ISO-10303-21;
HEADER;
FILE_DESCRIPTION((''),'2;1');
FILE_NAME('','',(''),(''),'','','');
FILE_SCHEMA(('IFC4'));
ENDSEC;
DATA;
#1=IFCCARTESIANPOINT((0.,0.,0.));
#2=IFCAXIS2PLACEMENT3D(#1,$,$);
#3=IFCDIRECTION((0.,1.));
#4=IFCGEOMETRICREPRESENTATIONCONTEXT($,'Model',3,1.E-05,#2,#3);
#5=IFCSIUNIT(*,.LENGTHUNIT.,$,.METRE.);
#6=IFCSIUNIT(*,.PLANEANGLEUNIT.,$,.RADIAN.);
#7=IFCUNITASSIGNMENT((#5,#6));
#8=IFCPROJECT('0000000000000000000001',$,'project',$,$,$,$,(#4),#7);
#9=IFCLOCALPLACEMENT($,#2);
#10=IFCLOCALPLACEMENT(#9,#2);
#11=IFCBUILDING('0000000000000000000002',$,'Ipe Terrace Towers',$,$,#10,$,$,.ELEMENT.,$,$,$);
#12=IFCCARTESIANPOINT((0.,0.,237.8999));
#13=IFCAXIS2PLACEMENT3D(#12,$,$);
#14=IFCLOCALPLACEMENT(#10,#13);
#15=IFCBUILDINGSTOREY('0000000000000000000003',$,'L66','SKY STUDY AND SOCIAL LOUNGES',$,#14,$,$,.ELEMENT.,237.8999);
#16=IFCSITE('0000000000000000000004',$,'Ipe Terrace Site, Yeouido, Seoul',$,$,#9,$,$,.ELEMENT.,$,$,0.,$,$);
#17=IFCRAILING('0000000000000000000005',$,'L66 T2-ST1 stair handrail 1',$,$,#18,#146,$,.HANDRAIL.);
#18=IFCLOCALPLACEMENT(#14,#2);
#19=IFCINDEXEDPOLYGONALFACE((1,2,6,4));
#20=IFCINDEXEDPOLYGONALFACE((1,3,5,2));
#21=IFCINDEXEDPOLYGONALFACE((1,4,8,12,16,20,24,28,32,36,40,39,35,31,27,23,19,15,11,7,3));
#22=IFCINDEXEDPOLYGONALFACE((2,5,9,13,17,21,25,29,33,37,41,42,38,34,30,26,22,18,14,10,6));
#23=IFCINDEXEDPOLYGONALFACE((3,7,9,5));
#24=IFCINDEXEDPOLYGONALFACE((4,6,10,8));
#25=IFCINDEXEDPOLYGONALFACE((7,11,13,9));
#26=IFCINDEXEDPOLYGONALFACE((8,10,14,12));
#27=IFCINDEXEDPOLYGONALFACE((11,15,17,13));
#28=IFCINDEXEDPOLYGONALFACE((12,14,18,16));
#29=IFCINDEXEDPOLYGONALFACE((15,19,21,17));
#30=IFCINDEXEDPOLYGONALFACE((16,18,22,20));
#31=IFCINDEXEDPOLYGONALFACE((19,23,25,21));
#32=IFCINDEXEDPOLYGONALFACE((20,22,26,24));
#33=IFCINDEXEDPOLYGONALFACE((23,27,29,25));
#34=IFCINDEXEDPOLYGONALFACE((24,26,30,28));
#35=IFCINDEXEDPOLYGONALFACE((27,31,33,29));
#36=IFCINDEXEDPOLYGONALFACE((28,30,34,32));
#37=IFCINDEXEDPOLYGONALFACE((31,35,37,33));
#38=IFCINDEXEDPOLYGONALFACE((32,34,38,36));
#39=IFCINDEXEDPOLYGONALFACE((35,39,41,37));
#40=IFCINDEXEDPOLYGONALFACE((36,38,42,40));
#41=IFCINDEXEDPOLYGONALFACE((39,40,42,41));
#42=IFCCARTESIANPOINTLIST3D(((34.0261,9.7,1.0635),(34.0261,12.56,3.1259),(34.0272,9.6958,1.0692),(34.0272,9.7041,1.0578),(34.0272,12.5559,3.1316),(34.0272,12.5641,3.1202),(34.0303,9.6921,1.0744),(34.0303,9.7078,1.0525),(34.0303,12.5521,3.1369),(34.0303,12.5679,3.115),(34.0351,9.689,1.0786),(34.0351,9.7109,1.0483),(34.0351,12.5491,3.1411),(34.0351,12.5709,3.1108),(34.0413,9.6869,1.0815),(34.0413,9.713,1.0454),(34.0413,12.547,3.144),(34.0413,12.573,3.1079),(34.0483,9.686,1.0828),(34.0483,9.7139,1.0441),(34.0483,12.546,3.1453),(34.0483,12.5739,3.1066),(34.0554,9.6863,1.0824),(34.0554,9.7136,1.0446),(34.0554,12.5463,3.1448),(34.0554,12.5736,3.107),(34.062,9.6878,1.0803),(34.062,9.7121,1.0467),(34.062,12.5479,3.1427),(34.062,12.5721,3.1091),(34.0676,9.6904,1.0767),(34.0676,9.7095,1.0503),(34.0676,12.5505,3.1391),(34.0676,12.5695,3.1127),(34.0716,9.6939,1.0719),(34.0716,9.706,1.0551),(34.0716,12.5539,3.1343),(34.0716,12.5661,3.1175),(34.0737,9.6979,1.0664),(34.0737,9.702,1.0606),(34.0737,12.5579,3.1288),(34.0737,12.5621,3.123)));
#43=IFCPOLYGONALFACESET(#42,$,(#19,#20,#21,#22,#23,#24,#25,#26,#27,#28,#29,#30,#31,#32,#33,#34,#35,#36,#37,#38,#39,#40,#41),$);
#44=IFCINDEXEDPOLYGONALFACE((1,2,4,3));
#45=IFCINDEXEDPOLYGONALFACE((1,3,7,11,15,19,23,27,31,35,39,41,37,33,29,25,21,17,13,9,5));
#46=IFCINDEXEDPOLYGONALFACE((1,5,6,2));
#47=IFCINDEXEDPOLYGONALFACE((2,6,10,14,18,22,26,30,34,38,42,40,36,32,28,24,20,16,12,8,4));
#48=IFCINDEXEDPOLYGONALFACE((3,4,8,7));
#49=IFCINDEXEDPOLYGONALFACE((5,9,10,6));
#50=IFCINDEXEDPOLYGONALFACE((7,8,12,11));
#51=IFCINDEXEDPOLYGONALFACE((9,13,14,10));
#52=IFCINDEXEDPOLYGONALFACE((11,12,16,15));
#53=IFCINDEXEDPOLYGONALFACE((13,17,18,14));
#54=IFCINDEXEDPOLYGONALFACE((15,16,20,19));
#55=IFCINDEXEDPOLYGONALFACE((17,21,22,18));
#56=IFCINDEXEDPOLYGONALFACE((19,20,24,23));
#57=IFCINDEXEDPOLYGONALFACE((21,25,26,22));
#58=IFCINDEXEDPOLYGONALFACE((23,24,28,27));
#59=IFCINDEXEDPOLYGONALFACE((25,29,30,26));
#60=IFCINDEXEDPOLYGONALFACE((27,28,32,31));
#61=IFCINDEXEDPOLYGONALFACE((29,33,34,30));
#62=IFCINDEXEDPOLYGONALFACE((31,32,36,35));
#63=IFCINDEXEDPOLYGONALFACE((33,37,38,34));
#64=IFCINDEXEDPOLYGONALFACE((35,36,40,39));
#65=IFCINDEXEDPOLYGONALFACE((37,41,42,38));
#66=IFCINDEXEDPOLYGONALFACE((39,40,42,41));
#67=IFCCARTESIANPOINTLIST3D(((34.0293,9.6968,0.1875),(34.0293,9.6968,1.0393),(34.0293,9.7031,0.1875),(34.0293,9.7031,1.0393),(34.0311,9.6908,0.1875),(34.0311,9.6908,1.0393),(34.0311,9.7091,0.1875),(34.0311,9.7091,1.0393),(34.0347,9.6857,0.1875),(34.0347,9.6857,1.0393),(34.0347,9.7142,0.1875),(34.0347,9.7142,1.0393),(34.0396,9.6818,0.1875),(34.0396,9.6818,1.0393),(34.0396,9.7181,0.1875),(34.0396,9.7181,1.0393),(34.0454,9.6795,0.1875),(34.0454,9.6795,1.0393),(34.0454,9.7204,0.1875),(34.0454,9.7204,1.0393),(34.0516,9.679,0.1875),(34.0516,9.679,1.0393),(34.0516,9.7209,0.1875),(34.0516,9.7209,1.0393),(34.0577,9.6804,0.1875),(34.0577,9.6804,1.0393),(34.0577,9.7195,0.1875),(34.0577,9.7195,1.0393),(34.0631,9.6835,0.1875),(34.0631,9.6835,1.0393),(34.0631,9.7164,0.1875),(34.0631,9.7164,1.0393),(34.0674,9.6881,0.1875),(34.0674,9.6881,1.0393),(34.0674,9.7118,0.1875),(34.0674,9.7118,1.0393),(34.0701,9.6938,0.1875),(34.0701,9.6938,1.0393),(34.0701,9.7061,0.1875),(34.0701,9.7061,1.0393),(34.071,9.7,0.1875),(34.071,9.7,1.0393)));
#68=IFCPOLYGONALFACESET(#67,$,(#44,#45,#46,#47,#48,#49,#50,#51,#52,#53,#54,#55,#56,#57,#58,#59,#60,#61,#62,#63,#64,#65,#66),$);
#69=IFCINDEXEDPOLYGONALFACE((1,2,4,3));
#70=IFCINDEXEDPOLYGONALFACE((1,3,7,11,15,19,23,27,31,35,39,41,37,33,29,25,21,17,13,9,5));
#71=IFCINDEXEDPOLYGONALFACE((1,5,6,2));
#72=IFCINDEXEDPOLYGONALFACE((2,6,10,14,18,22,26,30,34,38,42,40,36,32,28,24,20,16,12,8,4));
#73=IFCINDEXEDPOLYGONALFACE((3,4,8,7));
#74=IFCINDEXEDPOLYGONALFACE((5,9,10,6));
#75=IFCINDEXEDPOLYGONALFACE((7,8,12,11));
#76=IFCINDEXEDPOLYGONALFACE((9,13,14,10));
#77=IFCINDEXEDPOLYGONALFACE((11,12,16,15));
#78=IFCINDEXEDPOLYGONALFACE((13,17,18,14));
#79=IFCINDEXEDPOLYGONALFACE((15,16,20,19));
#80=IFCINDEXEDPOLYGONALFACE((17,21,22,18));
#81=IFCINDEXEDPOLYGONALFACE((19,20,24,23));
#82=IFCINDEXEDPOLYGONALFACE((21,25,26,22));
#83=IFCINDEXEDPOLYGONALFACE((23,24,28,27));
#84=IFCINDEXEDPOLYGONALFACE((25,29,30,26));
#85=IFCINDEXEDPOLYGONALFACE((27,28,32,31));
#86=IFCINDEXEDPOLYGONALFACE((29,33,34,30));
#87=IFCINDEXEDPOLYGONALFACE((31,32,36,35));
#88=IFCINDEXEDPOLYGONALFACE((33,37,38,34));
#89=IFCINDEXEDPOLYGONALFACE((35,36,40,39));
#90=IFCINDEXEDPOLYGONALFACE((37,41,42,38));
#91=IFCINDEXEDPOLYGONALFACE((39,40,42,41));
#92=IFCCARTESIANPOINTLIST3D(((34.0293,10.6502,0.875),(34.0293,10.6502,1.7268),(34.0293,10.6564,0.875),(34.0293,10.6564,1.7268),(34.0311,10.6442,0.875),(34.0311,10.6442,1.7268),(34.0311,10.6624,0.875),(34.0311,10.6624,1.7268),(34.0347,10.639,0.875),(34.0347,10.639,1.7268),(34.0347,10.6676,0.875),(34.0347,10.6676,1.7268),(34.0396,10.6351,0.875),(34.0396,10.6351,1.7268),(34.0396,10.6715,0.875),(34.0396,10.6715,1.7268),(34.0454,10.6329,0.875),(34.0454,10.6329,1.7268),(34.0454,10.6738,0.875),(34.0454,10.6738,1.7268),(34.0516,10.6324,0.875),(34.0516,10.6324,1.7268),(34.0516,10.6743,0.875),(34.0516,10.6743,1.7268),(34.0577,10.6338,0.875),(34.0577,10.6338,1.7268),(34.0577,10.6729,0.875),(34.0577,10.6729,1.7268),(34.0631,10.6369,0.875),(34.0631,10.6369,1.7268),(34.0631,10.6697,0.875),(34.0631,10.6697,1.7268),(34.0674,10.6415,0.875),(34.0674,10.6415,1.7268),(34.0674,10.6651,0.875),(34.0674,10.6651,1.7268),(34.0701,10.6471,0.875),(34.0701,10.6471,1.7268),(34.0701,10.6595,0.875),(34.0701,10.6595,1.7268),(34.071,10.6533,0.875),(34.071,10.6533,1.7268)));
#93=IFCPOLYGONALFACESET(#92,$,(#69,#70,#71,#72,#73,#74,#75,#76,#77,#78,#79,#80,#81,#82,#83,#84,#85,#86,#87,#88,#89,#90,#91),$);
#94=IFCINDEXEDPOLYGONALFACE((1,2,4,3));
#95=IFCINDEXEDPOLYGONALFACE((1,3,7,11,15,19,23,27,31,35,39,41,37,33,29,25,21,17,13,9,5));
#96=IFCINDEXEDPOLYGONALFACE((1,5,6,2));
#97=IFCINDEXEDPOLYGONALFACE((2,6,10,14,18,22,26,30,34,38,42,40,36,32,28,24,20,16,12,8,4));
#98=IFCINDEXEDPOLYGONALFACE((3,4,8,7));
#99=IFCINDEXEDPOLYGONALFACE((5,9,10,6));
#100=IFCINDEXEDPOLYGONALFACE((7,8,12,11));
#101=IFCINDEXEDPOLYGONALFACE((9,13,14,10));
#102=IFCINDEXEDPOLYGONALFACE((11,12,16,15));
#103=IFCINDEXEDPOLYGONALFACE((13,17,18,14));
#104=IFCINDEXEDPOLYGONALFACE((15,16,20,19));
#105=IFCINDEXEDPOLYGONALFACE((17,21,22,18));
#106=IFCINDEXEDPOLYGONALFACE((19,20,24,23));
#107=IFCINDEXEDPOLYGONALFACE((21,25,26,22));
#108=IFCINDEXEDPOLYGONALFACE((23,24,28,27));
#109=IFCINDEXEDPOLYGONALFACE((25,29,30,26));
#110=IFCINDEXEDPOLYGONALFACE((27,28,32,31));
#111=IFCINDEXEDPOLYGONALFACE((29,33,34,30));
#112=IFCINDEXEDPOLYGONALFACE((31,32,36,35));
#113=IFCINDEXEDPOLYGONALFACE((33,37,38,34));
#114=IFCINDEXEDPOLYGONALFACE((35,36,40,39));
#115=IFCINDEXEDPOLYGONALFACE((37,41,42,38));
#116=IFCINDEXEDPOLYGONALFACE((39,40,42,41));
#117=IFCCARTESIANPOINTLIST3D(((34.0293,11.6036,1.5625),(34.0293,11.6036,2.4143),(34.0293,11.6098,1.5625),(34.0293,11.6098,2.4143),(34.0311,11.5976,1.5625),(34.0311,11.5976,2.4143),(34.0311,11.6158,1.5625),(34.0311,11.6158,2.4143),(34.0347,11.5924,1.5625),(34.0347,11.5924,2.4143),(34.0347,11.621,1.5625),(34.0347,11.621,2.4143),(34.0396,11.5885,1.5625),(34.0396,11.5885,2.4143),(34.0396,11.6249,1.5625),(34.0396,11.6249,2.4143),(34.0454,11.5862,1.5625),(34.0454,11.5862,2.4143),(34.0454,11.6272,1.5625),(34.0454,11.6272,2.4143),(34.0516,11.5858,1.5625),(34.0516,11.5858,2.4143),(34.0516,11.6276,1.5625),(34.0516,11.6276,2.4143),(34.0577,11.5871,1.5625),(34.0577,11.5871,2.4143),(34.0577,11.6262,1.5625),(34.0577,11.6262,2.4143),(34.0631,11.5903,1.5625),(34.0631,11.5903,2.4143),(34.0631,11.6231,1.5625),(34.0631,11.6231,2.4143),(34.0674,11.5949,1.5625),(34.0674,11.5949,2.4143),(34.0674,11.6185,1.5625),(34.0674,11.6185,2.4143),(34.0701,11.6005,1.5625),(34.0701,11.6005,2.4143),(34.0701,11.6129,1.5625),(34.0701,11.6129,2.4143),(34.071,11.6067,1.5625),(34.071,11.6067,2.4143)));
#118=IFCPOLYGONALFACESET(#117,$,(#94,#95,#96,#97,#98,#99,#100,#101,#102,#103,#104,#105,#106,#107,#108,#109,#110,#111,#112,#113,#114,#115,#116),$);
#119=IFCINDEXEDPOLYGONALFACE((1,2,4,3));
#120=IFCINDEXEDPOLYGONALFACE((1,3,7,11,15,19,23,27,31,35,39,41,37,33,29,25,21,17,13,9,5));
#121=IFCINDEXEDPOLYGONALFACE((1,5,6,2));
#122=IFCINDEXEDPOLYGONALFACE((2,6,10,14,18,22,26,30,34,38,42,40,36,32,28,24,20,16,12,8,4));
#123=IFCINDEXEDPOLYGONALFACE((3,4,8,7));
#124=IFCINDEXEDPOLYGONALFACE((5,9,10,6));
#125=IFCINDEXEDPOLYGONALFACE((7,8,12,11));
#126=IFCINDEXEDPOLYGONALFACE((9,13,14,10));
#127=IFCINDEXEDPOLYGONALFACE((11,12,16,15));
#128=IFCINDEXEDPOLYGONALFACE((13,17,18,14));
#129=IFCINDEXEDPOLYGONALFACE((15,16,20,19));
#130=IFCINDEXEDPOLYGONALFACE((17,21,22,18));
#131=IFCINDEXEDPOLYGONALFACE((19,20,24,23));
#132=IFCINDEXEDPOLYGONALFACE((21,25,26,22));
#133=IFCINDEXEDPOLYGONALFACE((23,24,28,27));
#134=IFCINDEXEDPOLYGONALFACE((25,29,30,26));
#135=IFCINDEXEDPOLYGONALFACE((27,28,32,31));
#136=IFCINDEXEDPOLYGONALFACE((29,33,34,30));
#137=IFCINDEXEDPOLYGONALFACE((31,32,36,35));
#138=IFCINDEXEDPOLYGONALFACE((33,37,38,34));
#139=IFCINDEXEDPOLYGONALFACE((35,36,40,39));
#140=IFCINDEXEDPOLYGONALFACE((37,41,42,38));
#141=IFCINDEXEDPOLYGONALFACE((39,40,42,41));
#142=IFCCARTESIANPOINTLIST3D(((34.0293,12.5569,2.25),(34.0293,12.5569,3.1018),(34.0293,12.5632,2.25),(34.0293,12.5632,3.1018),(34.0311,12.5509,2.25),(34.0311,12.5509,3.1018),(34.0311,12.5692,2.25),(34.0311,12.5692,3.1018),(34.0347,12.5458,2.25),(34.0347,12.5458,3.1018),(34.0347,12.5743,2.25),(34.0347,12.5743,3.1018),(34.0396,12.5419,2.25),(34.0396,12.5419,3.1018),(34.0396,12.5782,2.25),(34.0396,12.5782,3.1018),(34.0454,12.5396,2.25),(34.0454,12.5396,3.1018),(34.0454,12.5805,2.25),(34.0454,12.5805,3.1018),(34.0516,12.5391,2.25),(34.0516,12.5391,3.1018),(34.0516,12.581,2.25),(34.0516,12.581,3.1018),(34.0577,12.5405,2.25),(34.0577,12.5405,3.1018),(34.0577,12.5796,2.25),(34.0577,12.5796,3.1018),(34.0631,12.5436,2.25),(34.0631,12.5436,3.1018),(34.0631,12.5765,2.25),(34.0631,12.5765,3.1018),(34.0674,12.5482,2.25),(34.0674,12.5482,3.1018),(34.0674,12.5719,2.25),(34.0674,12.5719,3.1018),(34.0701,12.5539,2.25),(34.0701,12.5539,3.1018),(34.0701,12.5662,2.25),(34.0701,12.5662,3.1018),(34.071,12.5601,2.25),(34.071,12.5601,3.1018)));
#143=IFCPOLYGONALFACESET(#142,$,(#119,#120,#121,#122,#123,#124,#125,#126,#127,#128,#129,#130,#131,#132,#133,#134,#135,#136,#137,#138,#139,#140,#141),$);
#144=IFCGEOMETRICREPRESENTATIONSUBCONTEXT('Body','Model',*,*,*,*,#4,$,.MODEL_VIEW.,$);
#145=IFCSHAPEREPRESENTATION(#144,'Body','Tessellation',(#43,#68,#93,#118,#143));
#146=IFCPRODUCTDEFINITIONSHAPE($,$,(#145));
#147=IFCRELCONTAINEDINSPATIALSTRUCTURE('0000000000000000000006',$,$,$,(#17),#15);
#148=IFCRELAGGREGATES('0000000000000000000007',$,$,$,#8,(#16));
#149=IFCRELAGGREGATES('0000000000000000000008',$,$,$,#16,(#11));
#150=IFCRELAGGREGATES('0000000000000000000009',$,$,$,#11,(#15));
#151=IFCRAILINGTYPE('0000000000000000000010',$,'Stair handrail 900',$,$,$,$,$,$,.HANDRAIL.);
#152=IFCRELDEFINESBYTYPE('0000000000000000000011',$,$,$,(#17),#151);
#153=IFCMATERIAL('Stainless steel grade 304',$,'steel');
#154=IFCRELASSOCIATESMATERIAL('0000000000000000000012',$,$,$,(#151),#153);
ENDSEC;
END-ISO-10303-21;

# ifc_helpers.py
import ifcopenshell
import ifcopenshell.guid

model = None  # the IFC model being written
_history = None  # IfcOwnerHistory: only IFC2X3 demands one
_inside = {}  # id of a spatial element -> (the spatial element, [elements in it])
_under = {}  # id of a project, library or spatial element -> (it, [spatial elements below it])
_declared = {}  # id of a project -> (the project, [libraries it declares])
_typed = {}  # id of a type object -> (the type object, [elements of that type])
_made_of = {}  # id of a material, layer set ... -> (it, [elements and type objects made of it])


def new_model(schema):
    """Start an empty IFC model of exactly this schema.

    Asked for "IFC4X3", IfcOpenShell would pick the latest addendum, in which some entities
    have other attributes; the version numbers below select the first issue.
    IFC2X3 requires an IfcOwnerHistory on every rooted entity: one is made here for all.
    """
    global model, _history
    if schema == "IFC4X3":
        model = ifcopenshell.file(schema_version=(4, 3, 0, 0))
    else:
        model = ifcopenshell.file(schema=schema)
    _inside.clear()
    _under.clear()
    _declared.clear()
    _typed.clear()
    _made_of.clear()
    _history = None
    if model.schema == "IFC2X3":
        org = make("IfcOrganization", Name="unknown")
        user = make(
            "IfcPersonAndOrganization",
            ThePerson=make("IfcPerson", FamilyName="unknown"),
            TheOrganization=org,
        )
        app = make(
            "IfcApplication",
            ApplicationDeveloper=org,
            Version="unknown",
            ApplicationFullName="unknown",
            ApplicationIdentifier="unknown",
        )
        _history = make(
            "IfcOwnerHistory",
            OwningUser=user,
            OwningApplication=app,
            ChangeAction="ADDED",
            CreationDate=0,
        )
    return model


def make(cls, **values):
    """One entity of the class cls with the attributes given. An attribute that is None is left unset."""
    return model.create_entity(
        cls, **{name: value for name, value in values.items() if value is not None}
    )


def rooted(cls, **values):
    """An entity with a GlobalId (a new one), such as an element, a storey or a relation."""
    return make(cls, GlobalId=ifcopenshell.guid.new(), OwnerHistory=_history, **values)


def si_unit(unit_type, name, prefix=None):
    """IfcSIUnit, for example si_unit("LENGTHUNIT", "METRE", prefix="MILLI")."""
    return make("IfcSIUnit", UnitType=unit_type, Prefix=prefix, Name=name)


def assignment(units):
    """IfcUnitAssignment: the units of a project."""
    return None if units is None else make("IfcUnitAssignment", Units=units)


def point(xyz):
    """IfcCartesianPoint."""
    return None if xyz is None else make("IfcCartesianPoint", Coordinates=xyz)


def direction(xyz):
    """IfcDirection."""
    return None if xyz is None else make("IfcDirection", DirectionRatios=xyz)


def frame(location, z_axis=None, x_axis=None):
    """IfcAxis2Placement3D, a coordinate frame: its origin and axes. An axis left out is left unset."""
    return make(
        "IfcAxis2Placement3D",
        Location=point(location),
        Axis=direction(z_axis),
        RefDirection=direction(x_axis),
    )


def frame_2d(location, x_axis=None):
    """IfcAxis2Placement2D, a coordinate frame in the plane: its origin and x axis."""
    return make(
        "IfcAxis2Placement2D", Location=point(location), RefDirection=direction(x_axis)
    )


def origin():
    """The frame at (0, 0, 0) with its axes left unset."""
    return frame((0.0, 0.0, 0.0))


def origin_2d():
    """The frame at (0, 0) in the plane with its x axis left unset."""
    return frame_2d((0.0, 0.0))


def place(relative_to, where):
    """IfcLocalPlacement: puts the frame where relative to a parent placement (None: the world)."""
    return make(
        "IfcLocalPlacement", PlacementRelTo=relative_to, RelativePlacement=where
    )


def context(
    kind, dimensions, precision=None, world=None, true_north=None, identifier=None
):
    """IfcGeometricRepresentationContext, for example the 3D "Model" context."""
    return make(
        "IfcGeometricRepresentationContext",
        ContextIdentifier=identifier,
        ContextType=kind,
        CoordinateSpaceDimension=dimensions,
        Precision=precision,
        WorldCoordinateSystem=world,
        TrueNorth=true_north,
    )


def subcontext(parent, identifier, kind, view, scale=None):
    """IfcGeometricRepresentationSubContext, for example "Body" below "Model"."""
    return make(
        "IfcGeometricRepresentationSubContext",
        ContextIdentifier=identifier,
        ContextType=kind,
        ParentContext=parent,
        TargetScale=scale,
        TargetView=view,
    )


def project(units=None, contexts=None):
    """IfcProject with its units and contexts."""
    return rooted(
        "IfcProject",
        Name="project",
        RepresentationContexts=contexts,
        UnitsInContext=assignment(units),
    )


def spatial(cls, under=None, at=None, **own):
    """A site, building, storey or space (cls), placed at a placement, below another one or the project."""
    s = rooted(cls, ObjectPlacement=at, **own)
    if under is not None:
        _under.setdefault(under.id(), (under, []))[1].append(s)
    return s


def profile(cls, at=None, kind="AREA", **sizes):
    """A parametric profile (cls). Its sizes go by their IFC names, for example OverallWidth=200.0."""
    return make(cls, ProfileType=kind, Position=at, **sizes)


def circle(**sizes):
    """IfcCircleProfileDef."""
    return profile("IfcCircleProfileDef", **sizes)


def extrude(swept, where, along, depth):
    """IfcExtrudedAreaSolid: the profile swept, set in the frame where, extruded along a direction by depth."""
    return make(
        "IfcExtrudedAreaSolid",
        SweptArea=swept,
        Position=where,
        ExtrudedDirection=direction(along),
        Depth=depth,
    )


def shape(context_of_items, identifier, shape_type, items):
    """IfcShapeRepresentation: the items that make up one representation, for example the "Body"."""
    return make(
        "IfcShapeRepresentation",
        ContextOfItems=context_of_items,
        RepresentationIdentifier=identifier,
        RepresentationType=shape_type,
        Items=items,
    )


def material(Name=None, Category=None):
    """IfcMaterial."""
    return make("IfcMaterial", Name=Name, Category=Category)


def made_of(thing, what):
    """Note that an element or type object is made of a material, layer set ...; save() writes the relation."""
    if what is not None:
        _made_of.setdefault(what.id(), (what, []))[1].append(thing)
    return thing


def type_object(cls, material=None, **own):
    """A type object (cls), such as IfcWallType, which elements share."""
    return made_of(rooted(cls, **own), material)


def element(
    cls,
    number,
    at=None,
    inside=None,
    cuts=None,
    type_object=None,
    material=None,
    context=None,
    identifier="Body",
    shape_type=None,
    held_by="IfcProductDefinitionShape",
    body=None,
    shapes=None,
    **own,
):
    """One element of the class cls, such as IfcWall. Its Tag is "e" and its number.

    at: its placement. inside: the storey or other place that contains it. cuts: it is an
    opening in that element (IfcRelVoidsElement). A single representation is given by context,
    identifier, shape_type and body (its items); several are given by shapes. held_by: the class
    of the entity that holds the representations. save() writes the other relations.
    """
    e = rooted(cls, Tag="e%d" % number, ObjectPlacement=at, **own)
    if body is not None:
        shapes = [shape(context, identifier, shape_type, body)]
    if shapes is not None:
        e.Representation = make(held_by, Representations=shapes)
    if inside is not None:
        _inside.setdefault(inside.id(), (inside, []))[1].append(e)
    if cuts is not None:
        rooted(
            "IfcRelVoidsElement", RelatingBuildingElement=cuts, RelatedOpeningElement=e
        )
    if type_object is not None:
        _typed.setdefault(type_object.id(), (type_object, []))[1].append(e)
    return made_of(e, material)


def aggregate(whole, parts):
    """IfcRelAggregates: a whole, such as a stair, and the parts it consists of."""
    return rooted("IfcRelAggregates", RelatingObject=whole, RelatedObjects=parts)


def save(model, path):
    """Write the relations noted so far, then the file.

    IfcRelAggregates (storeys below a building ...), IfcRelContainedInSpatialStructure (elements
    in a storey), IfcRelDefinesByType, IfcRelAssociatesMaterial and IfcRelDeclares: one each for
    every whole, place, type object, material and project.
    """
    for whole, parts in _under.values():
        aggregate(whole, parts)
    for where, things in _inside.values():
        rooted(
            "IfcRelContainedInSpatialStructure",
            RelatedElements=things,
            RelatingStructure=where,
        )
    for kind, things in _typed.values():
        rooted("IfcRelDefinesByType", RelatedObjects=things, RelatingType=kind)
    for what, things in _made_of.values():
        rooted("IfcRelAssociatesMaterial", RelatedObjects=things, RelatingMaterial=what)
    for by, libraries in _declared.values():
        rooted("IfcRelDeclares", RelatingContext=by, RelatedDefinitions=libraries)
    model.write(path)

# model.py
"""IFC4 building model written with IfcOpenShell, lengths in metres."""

from ifc_helpers import new_model, si_unit, direction, frame, origin, origin_2d, place, context, subcontext, project, spatial, circle, extrude, material, type_object, element, save


model = new_model("IFC4")

# Units and contexts
model_context = context("Model", 3, precision=1e-05, world=origin(), true_north=direction((0.0, 1.0)))
body_context = subcontext(model_context, "Body", "Model", "MODEL_VIEW")
ifc_project = project(units=[si_unit("LENGTHUNIT", "METRE"), si_unit("PLANEANGLEUNIT", "RADIAN")], contexts=[model_context])

# Site, building, storey
site_placement = place(None, origin())
site = spatial("IfcSite", under=ifc_project, at=site_placement, Name="Ipe Terrace Site, Yeouido, Seoul", CompositionType="ELEMENT", RefElevation=0.0)
building_placement = place(site_placement, origin())
building = spatial("IfcBuilding", under=site, at=building_placement, Name="Ipe Terrace Towers", CompositionType="ELEMENT")
storey_placement = place(building_placement, frame((0.0, 0.0, 237.8999)))
storey = spatial("IfcBuildingStorey", under=building, at=storey_placement, Name="L66", Description="SKY STUDY AND SOCIAL LOUNGES", CompositionType="ELEMENT", Elevation=237.8999)

# Railing
ifc_material_1 = material(Name="Stainless steel grade 304", Category="steel")
railing_type_1 = type_object("IfcRailingType", Name="Stair handrail 900", PredefinedType="HANDRAIL", material=ifc_material_1)
railing_1_placement = place(storey_placement, frame((34.05, 9.7, 0.1875)))
element("IfcRailing", 1, at=railing_1_placement, inside=storey, type_object=railing_type_1, Name="L66 T2-ST1 stair handrail 1", PredefinedType="HANDRAIL", context=body_context, shape_type="SweptSolid", body=[
    extrude(circle(Radius=0.0239, at=origin_2d()), frame((0.0, 0.0, 0.876), z_axis=(0.0, 0.811101, 0.584906), x_axis=(-1.0, 0.0, 0.0)), (0.0, 0.0, 1.0), 3.5261),
    extrude(circle(Radius=0.021, at=origin_2d()), origin(), (0.0, 0.0, 1.0), 0.8518),
    extrude(circle(Radius=0.021, at=origin_2d()), frame((0.0, 0.9534, 0.6875)), (0.0, 0.0, 1.0), 0.8518),
    extrude(circle(Radius=0.021, at=origin_2d()), frame((0.0, 1.9067, 1.375)), (0.0, 0.0, 1.0), 0.8518),
    extrude(circle(Radius=0.021, at=origin_2d()), frame((0.0, 2.8601, 2.0625)), (0.0, 0.0, 1.0), 0.8518),
])

save(model, "model.ifc")
